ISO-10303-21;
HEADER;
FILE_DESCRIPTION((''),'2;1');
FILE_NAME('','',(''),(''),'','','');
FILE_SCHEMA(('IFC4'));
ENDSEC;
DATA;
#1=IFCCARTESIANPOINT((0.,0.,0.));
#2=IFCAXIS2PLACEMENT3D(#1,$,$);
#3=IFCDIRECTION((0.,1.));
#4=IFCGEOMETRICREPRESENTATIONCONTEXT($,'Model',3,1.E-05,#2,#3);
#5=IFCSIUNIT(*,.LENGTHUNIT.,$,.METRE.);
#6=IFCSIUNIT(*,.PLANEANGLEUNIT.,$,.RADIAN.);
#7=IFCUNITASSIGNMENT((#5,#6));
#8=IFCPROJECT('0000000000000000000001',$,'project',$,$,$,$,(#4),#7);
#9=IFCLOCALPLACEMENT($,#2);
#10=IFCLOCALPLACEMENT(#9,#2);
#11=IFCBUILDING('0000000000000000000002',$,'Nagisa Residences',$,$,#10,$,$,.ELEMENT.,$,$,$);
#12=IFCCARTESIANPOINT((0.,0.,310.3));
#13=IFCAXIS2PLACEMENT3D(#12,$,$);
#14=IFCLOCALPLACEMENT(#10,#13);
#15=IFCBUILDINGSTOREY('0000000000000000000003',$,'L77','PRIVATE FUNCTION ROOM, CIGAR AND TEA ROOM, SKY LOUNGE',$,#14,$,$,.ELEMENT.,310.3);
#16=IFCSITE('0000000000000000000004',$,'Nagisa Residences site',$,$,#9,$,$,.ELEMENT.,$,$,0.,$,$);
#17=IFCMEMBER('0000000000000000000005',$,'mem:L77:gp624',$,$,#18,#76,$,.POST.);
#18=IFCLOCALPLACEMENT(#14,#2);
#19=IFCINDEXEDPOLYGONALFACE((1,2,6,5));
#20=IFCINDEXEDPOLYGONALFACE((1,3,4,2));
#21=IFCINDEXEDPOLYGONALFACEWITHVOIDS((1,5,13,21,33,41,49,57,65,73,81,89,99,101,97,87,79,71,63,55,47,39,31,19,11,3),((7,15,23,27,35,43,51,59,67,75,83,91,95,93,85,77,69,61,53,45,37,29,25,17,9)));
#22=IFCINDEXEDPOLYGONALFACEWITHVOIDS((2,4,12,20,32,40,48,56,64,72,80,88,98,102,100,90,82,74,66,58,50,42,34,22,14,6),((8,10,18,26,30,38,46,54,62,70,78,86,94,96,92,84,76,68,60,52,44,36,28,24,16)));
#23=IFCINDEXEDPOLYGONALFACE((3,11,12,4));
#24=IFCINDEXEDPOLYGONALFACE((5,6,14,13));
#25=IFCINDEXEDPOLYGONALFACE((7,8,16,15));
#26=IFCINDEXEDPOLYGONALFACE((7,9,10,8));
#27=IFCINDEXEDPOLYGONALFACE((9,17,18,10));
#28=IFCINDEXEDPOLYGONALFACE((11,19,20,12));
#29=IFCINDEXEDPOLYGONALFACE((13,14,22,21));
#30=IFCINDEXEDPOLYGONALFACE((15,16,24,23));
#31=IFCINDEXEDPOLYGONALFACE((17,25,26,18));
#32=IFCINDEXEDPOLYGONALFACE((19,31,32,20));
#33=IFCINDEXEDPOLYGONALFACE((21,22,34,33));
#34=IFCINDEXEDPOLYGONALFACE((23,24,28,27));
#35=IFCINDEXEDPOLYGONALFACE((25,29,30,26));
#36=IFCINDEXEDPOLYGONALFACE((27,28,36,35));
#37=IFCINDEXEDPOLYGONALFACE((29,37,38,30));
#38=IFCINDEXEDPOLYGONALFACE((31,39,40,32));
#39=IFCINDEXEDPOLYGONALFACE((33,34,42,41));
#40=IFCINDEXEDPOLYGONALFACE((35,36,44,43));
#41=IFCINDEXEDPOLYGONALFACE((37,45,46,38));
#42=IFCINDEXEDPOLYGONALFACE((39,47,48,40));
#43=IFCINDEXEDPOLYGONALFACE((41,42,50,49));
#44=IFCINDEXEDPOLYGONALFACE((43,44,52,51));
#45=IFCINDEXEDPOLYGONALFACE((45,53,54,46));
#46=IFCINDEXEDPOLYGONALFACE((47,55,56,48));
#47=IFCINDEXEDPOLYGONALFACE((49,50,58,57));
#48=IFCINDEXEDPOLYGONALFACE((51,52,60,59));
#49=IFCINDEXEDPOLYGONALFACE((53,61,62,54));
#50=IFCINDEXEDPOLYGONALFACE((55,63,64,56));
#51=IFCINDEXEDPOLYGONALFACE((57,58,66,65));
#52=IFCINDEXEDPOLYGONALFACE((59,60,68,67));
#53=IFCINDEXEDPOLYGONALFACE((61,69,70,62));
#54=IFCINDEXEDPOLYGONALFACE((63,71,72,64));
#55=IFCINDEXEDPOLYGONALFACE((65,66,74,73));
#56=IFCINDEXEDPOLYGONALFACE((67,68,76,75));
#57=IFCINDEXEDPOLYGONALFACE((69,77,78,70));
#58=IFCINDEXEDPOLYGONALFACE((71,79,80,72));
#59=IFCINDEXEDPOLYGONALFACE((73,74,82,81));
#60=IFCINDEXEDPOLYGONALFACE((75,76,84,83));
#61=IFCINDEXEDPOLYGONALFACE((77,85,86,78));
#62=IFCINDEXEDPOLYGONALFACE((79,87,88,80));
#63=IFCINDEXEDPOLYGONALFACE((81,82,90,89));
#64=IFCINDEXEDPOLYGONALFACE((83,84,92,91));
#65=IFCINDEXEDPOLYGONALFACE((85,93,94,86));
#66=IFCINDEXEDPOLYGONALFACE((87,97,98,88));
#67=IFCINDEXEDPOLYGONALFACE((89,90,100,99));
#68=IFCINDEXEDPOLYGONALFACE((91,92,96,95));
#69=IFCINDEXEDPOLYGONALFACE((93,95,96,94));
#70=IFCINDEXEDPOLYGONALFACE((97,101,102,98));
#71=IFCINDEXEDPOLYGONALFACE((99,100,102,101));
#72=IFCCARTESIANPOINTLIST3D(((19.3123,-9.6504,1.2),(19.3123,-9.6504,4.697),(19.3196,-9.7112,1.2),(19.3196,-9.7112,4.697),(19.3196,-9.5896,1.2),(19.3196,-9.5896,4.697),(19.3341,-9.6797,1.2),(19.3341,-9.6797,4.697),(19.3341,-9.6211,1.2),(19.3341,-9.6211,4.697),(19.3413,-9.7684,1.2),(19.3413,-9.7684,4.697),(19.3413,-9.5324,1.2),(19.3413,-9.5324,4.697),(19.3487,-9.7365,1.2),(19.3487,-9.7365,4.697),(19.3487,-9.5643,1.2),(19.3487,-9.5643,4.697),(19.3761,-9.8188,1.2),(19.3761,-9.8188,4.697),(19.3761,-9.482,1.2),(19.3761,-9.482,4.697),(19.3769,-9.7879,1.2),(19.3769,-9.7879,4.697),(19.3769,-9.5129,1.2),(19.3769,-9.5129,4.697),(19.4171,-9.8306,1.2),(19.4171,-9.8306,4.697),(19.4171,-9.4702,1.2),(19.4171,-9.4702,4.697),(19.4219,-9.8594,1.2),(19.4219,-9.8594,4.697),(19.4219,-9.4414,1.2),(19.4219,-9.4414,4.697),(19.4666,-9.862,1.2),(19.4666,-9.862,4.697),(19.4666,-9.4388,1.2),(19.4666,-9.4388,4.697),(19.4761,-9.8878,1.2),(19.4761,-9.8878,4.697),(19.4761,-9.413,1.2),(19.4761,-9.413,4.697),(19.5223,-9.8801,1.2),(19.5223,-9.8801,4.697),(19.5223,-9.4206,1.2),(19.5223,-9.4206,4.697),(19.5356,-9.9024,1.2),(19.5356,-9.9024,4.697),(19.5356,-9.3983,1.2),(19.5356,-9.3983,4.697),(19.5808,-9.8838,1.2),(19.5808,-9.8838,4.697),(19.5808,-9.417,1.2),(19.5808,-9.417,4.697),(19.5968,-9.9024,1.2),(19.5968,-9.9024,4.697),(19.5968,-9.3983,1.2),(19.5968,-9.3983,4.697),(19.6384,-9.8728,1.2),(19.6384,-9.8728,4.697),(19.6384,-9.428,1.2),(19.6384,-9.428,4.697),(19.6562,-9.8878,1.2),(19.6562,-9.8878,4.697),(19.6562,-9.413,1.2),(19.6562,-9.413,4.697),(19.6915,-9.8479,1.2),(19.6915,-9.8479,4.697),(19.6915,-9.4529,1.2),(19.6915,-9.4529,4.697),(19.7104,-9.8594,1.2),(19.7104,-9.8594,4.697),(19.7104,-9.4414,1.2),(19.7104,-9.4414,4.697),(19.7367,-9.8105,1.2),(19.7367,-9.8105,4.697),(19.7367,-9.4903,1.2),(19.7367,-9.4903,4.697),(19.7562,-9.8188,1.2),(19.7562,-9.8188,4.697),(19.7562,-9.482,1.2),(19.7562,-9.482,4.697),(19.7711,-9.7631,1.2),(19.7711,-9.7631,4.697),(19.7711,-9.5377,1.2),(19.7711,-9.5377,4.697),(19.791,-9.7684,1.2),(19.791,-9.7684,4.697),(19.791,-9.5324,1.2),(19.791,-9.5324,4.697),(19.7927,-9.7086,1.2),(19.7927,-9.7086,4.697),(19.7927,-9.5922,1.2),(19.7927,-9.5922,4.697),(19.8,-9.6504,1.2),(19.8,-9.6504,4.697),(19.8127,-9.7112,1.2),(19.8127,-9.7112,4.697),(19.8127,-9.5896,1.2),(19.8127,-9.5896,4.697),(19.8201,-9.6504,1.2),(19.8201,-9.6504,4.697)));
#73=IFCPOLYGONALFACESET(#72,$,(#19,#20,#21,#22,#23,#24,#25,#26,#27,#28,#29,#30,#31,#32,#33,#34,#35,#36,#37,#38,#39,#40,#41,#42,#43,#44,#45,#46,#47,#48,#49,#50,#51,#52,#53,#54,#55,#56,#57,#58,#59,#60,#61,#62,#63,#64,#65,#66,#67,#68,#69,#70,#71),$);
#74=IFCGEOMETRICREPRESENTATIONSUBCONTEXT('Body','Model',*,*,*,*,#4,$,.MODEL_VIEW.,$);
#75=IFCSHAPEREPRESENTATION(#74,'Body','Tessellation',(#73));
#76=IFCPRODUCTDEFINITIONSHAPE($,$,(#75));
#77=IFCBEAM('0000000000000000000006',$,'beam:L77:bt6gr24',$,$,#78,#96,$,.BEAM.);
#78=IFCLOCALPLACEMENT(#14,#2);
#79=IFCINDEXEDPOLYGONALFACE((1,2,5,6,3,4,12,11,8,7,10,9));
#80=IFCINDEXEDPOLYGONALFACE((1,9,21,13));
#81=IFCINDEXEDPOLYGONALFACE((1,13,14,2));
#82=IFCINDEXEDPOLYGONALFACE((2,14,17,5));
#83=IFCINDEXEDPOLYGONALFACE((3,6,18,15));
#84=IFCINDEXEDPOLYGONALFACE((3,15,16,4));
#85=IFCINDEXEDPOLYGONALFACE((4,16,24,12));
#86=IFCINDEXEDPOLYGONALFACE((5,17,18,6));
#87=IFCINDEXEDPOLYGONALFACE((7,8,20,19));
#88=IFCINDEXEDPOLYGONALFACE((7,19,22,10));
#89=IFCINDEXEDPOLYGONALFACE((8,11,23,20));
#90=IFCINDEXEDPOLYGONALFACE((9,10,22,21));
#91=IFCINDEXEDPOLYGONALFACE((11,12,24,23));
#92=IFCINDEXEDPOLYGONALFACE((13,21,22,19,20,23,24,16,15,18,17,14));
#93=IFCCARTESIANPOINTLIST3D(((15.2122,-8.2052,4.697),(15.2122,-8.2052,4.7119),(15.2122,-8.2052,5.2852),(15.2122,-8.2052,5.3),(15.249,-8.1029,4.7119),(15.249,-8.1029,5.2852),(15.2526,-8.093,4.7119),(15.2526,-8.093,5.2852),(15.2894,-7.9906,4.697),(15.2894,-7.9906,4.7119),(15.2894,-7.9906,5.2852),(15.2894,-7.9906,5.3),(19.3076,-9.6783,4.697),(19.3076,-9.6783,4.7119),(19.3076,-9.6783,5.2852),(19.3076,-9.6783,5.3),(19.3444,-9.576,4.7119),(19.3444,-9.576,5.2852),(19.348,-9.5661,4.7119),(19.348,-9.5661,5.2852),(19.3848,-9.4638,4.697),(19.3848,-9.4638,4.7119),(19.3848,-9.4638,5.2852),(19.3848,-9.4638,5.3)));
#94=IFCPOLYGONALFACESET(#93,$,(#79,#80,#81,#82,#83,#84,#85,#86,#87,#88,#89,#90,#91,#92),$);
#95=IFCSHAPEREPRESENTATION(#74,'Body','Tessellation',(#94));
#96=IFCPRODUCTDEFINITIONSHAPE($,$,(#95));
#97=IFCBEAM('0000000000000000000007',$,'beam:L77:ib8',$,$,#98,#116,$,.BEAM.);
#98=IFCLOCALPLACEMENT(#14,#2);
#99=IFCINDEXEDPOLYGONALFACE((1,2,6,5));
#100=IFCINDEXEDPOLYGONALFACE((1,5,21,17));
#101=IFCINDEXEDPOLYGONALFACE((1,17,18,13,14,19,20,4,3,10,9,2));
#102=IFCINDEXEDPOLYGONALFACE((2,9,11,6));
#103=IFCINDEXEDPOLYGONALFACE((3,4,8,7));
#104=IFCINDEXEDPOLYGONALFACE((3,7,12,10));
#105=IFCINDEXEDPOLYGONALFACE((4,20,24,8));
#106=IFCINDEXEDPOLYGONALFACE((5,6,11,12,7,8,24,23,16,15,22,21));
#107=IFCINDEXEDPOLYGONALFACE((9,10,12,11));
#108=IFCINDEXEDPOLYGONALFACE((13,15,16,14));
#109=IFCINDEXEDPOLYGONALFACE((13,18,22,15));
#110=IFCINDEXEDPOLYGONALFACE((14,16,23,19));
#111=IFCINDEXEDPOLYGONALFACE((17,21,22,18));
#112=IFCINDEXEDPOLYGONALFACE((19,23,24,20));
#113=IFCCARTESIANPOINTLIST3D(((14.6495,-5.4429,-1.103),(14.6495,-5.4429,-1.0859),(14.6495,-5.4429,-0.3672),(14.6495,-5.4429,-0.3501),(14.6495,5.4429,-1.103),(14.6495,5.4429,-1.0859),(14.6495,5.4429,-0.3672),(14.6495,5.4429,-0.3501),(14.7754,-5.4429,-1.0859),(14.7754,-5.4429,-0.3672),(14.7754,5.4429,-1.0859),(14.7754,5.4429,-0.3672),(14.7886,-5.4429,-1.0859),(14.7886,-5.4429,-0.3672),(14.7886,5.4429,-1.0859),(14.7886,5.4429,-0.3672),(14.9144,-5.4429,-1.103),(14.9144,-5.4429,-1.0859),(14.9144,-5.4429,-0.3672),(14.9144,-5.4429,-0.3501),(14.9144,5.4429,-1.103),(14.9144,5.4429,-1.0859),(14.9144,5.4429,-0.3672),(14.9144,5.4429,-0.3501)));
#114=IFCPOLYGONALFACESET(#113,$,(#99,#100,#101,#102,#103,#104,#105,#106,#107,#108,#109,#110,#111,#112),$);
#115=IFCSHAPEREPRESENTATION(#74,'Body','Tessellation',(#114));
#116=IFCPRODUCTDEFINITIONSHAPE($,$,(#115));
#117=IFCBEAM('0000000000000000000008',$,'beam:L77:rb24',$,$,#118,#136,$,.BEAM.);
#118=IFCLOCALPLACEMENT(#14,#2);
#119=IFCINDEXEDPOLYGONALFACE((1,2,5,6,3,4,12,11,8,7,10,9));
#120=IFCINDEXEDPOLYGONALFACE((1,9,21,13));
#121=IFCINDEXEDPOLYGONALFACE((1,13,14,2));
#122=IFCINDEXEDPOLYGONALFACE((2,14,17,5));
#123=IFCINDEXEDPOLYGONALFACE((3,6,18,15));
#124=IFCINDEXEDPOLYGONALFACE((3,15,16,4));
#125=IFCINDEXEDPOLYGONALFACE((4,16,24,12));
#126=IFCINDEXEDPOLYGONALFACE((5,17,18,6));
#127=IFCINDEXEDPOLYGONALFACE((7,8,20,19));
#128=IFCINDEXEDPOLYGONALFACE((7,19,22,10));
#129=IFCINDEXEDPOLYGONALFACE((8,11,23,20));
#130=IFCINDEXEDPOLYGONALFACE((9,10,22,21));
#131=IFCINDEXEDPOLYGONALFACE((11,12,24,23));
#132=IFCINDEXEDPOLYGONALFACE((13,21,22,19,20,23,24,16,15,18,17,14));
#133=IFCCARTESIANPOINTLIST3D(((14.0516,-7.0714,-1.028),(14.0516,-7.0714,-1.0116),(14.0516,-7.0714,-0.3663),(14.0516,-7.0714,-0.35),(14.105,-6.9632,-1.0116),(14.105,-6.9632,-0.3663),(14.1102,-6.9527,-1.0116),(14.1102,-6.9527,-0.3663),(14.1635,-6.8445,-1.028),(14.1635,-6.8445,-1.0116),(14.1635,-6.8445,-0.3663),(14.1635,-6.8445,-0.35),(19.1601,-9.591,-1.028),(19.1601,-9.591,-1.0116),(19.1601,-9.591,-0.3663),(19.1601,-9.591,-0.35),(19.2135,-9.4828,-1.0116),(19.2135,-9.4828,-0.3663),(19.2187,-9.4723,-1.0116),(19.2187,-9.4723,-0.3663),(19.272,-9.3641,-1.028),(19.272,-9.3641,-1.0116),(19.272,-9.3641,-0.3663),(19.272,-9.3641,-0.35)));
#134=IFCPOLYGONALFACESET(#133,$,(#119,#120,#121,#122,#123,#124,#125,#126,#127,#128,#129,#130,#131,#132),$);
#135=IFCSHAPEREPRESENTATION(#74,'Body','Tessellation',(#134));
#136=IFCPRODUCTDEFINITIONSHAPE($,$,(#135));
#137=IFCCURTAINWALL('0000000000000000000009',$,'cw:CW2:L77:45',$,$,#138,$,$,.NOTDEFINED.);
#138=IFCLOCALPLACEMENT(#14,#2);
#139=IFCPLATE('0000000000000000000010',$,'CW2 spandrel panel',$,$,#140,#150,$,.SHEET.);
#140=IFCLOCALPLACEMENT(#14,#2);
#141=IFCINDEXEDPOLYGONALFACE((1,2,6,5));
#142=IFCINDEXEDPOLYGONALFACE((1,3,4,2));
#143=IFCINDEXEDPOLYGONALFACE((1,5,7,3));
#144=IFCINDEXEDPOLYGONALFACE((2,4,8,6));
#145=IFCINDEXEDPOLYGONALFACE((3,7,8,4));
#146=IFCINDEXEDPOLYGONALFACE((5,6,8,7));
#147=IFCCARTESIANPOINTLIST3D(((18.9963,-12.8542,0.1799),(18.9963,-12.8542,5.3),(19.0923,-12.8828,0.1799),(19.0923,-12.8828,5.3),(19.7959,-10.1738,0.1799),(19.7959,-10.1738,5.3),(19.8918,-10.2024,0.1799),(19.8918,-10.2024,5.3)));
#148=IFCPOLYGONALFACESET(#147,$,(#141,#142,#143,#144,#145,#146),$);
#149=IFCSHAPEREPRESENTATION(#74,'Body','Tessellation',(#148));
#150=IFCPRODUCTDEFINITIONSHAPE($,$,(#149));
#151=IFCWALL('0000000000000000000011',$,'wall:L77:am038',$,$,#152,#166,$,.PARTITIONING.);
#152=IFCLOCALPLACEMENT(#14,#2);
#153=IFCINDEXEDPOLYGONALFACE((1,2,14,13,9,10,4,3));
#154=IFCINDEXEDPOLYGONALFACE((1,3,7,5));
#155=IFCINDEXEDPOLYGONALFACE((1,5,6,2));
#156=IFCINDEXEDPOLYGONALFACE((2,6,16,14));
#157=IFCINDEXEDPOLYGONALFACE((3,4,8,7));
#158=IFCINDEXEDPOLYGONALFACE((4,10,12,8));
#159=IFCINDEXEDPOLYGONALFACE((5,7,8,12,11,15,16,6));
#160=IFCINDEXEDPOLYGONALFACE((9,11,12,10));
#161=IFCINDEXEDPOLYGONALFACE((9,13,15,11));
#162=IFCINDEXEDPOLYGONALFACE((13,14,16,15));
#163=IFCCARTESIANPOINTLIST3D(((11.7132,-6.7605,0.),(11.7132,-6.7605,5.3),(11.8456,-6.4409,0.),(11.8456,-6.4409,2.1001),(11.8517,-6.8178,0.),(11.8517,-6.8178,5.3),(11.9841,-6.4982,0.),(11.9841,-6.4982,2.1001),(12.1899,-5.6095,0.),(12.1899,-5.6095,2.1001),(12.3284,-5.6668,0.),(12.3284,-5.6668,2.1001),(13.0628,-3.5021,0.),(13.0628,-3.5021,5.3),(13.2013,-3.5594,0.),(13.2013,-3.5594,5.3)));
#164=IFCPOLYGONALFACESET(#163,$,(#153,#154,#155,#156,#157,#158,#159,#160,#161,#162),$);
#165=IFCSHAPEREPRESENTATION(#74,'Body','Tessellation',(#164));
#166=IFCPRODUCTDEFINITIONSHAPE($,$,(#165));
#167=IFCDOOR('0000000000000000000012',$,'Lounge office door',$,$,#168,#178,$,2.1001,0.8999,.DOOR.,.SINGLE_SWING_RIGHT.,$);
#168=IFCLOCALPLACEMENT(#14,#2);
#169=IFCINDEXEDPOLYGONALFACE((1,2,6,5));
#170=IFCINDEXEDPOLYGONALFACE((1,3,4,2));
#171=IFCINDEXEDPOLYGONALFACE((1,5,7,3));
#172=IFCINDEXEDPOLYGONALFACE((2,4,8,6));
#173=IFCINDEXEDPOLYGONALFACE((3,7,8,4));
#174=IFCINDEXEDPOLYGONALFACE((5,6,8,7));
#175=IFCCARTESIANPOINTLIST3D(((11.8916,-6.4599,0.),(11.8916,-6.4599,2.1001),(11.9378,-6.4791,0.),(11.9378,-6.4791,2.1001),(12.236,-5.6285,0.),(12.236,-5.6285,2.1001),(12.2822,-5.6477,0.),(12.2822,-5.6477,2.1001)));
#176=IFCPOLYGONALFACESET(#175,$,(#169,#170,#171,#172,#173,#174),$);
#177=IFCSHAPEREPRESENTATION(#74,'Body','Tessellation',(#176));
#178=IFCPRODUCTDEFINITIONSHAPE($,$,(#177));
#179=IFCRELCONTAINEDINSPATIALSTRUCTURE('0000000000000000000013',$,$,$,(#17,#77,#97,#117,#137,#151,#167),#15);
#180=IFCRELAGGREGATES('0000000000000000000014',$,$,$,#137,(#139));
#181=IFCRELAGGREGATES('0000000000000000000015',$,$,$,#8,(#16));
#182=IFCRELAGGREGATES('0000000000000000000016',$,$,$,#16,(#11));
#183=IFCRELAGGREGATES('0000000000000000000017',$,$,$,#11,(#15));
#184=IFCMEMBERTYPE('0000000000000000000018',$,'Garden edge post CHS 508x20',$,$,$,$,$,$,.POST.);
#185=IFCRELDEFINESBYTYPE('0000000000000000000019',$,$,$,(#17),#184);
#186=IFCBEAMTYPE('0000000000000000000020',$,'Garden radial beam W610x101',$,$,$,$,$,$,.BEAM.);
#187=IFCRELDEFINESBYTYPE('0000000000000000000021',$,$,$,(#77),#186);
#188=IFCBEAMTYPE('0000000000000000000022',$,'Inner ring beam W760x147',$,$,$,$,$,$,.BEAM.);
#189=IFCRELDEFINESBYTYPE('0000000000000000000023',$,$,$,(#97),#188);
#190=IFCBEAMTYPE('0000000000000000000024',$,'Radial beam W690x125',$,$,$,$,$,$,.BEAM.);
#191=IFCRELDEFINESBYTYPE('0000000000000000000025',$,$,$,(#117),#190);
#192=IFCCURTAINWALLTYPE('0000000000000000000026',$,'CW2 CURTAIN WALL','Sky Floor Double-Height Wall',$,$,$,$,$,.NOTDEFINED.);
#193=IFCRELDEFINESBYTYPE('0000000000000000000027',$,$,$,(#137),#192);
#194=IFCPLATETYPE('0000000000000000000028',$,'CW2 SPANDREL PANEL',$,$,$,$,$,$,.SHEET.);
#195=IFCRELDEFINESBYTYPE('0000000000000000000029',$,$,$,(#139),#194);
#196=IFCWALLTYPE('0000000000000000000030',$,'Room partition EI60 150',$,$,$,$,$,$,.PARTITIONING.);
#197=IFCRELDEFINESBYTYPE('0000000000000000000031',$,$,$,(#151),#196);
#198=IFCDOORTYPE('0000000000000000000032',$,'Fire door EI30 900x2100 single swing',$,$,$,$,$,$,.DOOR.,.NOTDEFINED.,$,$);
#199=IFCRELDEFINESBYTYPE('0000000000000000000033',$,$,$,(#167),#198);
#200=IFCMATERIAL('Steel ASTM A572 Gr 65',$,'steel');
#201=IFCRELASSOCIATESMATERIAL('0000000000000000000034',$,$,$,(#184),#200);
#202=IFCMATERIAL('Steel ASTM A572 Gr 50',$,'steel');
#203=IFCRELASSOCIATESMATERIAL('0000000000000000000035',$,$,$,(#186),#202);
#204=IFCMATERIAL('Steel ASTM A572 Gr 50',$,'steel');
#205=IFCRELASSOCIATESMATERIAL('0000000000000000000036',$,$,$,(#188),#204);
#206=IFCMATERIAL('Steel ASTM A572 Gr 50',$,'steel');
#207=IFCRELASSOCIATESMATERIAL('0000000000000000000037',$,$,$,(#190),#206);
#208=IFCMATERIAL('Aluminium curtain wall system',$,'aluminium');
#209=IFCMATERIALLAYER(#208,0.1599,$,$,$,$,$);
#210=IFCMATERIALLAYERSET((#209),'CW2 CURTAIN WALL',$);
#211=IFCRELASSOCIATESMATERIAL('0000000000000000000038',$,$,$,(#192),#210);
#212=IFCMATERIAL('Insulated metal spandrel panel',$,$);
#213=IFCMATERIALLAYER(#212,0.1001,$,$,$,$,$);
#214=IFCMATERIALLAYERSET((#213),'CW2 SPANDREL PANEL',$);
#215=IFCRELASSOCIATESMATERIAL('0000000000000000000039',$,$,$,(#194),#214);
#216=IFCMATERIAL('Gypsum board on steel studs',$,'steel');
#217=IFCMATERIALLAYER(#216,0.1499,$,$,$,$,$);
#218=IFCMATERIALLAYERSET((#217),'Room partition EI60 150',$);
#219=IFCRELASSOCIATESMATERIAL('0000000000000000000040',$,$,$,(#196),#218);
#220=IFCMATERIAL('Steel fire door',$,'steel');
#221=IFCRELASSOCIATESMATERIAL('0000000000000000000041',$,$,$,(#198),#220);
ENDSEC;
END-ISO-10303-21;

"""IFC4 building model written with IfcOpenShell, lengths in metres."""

from ifc_helpers import new_model, si_unit, direction, frame, frame_2d, origin, origin_2d, place, context, subcontext, project, spatial, rectangle, hollow_circle, i_section, extrude, material, layer, layer_set, material_profile, profile_set, type_object, element, fill, aggregate, save


model = new_model("IFC4")

# Units and contexts
model_context = context("Model", 3, precision=1e-05, world=origin(), true_north=direction((0.0, 1.0)))
body_context = subcontext(model_context, "Body", "Model", "MODEL_VIEW")
ifc_project = project(units=[si_unit("LENGTHUNIT", "METRE"), si_unit("PLANEANGLEUNIT", "RADIAN")], contexts=[model_context])

# Site, building, storey
site_placement = place(None, origin())
site = spatial("IfcSite", under=ifc_project, at=site_placement, Name="Nagisa Residences site", CompositionType="ELEMENT", RefElevation=0.0)
building_placement = place(site_placement, origin())
building = spatial("IfcBuilding", under=site, at=building_placement, Name="Nagisa Residences", CompositionType="ELEMENT")
storey_placement = place(building_placement, frame((0.0, 0.0, 310.3)))
storey = spatial("IfcBuildingStorey", under=building, at=storey_placement, Name="L77", Description="PRIVATE FUNCTION ROOM, CIGAR AND TEA ROOM, SKY LOUNGE", CompositionType="ELEMENT", Elevation=310.3)

# Member
ifc_material_1 = material(Name="Steel ASTM A572 Gr 65", Category="steel")
ifc_material_profile_1 = material_profile(ifc_material_1, hollow_circle(Radius=0.2539, WallThickness=0.02, at=origin_2d()), Name="CHS 508x20")
ifc_profile_set_1 = profile_set([ifc_material_profile_1], Name="Steel ASTM A572 Gr 65")
member_type = type_object("IfcMemberType", Name="Garden edge post CHS 508x20", PredefinedType="POST", material=ifc_profile_set_1)
member_placement = place(storey_placement, frame((19.5662, -9.6504, 1.2), z_axis=(0.0, 0.0, 1.0), x_axis=(1.0, 0.0, 0.0)))
element("IfcMember", 1, at=member_placement, inside=storey, type_object=member_type, Name="mem:L77:gp624", PredefinedType="POST", context=body_context, shape_type="SweptSolid", body=[
    extrude(hollow_circle(Radius=0.2539, WallThickness=0.02, at=origin_2d()), origin(), (0.0, 0.0, 1.0), 3.4971),
])

# Beams
ifc_material_2 = material(Name="Steel ASTM A572 Gr 50", Category="steel")
ifc_material_profile_2 = material_profile(ifc_material_2, i_section(OverallWidth=0.228, OverallDepth=0.603, WebThickness=0.0105, FlangeThickness=0.0149, at=origin_2d()), Name="W610x101")
ifc_profile_set_2 = profile_set([ifc_material_profile_2], Name="Steel ASTM A572 Gr 50")
beam_type_1 = type_object("IfcBeamType", Name="Garden radial beam W610x101", PredefinedType="BEAM", material=ifc_profile_set_2)
beam_1_placement = place(storey_placement, frame((19.3462, -9.571, 4.9985), z_axis=(-0.940977, 0.338471, 0.0), x_axis=(-0.338471, -0.940977, 0.0)))
element("IfcBeam", 2, at=beam_1_placement, inside=storey, type_object=beam_type_1, Name="beam:L77:bt6gr24", PredefinedType="BEAM", context=body_context, shape_type="SweptSolid", body=[
    extrude(i_section(OverallWidth=0.228, OverallDepth=0.603, WebThickness=0.0105, FlangeThickness=0.0149, at=origin_2d()), origin(), (0.0, 0.0, 1.0), 4.3523),
])
ifc_material_3 = material(Name="Steel ASTM A572 Gr 50", Category="steel")
ifc_material_profile_3 = material_profile(ifc_material_3, i_section(OverallWidth=0.2649, OverallDepth=0.7529, WebThickness=0.0132, FlangeThickness=0.0171, at=origin_2d()), Name="W760x147")
ifc_profile_set_3 = profile_set([ifc_material_profile_3], Name="Steel ASTM A572 Gr 50")
beam_type_2 = type_object("IfcBeamType", Name="Inner ring beam W760x147", PredefinedType="BEAM", material=ifc_profile_set_3)
beam_2_placement = place(storey_placement, frame((14.782, -5.4429, -0.7266), z_axis=(0.0, 1.0, 0.0), x_axis=(-1.0, 0.0, 0.0)))
element("IfcBeam", 3, at=beam_2_placement, inside=storey, type_object=beam_type_2, Name="beam:L77:ib8", PredefinedType="BEAM", context=body_context, shape_type="SweptSolid", body=[
    extrude(i_section(OverallWidth=0.2649, OverallDepth=0.7529, WebThickness=0.0132, FlangeThickness=0.0171, at=origin_2d()), origin(), (0.0, 0.0, 1.0), 10.8857),
])
ifc_material_4 = material(Name="Steel ASTM A572 Gr 50", Category="steel")
ifc_material_profile_4 = material_profile(ifc_material_4, i_section(OverallWidth=0.2529, OverallDepth=0.678, WebThickness=0.0117, FlangeThickness=0.0164, at=origin_2d()), Name="W690x125")
ifc_profile_set_4 = profile_set([ifc_material_profile_4], Name="Steel ASTM A572 Gr 50")
beam_type_3 = type_object("IfcBeamType", Name="Radial beam W690x125", PredefinedType="BEAM", material=ifc_profile_set_4)
beam_3_placement = place(storey_placement, frame((19.2161, -9.4775, -0.689), z_axis=(-0.896849, 0.442338, 0.0), x_axis=(-0.442338, -0.896849, 0.0)))
element("IfcBeam", 4, at=beam_3_placement, inside=storey, type_object=beam_type_3, Name="beam:L77:rb24", PredefinedType="BEAM", context=body_context, shape_type="SweptSolid", body=[
    extrude(i_section(OverallWidth=0.2529, OverallDepth=0.678, WebThickness=0.0117, FlangeThickness=0.0164, at=origin_2d()), origin(), (0.0, 0.0, 1.0), 5.696),
])

# Curtain wall, plate
ifc_material_5 = material(Name="Aluminium curtain wall system", Category="aluminium")
ifc_layer_1 = layer(ifc_material_5, 0.1599)
ifc_layer_set_1 = layer_set([ifc_layer_1], Name="CW2 CURTAIN WALL")
curtain_wall_type = type_object("IfcCurtainWallType", Name="CW2 CURTAIN WALL", Description="Sky Floor Double-Height Wall", PredefinedType="NOTDEFINED", material=ifc_layer_set_1)
curtain_wall_placement = place(storey_placement, origin())
curtain_wall = element("IfcCurtainWall", 5, at=curtain_wall_placement, inside=storey, type_object=curtain_wall_type, Name="cw:CW2:L77:45", PredefinedType="NOTDEFINED")
ifc_material_6 = material(Name="Insulated metal spandrel panel")
ifc_layer_2 = layer(ifc_material_6, 0.1001)
ifc_layer_set_2 = layer_set([ifc_layer_2], Name="CW2 SPANDREL PANEL")
plate_type = type_object("IfcPlateType", Name="CW2 SPANDREL PANEL", PredefinedType="SHEET", material=ifc_layer_set_2)
plate_placement = place(storey_placement, frame((19.4441, -11.5283, 0.1799), z_axis=(0.0, 0.0, 1.0), x_axis=(0.28586, 0.958271, 0.0)))
plate = element("IfcPlate", 6, at=plate_placement, type_object=plate_type, Name="CW2 spandrel panel", PredefinedType="SHEET", context=body_context, shape_type="SweptSolid", body=[
    extrude(rectangle(XDim=2.7971, YDim=0.1001, at=origin_2d()), origin(), (0.0, 0.0, 1.0), 5.1201),
])
aggregate(curtain_wall, [plate])

# Wall, opening, door
ifc_material_7 = material(Name="Gypsum board on steel studs", Category="steel")
ifc_layer_3 = layer(ifc_material_7, 0.1499)
ifc_layer_set_3 = layer_set([ifc_layer_3], Name="Room partition EI60 150")
wall_type = type_object("IfcWallType", Name="Room partition EI60 150", PredefinedType="PARTITIONING", material=ifc_layer_set_3)
wall_1_placement = place(storey_placement, frame((13.1321, -3.5308, 0.0), z_axis=(0.0, 0.0, 1.0), x_axis=(-0.382678, -0.923882, 0.0)))
wall_1 = element("IfcWall", 7, at=wall_1_placement, inside=storey, type_object=wall_type, Name="wall:L77:am038", PredefinedType="PARTITIONING", context=body_context, shape_type="SweptSolid", body=[
    extrude(rectangle(XDim=3.5269, YDim=0.1499, at=frame_2d((1.7634, 0.0))), origin(), (0.0, 0.0, 1.0), 5.3),
])
opening_placement = place(wall_1_placement, frame((2.281, 0.0, 0.0)))
opening = element("IfcOpeningElement", 8, at=opening_placement, cuts=wall_1, PredefinedType="OPENING", context=body_context, shape_type="SweptSolid", body=[
    extrude(rectangle(XDim=0.8999, YDim=2.1001, at=frame_2d((0.45, 1.05))), frame((0.0, 0.085, 0.0), z_axis=(0.0, -1.0, 0.0), x_axis=(1.0, 0.0, 0.0)), (0.0, 0.0, 1.0), 0.1699),
])
ifc_material_8 = material(Name="Steel fire door", Category="steel")
door_type = type_object("IfcDoorType", Name="Fire door EI30 900x2100 single swing", OperationType="NOTDEFINED", PredefinedType="DOOR", material=ifc_material_8)
door_placement = place(opening_placement, origin())
door = element("IfcDoor", 9, at=door_placement, inside=storey, type_object=door_type, Name="Lounge office door", OperationType="SINGLE_SWING_RIGHT", OverallHeight=2.1001, OverallWidth=0.8999, PredefinedType="DOOR", context=body_context, shape_type="SweptSolid", body=[
    extrude(rectangle(XDim=0.8999, YDim=2.1001, at=frame_2d((0.45, 1.05))), frame((0.0, 0.0249, 0.0), z_axis=(0.0, -1.0, 0.0), x_axis=(1.0, 0.0, 0.0)), (0.0, 0.0, 1.0), 0.05),
])
fill(opening, door)

save(model, "model.ifc")
